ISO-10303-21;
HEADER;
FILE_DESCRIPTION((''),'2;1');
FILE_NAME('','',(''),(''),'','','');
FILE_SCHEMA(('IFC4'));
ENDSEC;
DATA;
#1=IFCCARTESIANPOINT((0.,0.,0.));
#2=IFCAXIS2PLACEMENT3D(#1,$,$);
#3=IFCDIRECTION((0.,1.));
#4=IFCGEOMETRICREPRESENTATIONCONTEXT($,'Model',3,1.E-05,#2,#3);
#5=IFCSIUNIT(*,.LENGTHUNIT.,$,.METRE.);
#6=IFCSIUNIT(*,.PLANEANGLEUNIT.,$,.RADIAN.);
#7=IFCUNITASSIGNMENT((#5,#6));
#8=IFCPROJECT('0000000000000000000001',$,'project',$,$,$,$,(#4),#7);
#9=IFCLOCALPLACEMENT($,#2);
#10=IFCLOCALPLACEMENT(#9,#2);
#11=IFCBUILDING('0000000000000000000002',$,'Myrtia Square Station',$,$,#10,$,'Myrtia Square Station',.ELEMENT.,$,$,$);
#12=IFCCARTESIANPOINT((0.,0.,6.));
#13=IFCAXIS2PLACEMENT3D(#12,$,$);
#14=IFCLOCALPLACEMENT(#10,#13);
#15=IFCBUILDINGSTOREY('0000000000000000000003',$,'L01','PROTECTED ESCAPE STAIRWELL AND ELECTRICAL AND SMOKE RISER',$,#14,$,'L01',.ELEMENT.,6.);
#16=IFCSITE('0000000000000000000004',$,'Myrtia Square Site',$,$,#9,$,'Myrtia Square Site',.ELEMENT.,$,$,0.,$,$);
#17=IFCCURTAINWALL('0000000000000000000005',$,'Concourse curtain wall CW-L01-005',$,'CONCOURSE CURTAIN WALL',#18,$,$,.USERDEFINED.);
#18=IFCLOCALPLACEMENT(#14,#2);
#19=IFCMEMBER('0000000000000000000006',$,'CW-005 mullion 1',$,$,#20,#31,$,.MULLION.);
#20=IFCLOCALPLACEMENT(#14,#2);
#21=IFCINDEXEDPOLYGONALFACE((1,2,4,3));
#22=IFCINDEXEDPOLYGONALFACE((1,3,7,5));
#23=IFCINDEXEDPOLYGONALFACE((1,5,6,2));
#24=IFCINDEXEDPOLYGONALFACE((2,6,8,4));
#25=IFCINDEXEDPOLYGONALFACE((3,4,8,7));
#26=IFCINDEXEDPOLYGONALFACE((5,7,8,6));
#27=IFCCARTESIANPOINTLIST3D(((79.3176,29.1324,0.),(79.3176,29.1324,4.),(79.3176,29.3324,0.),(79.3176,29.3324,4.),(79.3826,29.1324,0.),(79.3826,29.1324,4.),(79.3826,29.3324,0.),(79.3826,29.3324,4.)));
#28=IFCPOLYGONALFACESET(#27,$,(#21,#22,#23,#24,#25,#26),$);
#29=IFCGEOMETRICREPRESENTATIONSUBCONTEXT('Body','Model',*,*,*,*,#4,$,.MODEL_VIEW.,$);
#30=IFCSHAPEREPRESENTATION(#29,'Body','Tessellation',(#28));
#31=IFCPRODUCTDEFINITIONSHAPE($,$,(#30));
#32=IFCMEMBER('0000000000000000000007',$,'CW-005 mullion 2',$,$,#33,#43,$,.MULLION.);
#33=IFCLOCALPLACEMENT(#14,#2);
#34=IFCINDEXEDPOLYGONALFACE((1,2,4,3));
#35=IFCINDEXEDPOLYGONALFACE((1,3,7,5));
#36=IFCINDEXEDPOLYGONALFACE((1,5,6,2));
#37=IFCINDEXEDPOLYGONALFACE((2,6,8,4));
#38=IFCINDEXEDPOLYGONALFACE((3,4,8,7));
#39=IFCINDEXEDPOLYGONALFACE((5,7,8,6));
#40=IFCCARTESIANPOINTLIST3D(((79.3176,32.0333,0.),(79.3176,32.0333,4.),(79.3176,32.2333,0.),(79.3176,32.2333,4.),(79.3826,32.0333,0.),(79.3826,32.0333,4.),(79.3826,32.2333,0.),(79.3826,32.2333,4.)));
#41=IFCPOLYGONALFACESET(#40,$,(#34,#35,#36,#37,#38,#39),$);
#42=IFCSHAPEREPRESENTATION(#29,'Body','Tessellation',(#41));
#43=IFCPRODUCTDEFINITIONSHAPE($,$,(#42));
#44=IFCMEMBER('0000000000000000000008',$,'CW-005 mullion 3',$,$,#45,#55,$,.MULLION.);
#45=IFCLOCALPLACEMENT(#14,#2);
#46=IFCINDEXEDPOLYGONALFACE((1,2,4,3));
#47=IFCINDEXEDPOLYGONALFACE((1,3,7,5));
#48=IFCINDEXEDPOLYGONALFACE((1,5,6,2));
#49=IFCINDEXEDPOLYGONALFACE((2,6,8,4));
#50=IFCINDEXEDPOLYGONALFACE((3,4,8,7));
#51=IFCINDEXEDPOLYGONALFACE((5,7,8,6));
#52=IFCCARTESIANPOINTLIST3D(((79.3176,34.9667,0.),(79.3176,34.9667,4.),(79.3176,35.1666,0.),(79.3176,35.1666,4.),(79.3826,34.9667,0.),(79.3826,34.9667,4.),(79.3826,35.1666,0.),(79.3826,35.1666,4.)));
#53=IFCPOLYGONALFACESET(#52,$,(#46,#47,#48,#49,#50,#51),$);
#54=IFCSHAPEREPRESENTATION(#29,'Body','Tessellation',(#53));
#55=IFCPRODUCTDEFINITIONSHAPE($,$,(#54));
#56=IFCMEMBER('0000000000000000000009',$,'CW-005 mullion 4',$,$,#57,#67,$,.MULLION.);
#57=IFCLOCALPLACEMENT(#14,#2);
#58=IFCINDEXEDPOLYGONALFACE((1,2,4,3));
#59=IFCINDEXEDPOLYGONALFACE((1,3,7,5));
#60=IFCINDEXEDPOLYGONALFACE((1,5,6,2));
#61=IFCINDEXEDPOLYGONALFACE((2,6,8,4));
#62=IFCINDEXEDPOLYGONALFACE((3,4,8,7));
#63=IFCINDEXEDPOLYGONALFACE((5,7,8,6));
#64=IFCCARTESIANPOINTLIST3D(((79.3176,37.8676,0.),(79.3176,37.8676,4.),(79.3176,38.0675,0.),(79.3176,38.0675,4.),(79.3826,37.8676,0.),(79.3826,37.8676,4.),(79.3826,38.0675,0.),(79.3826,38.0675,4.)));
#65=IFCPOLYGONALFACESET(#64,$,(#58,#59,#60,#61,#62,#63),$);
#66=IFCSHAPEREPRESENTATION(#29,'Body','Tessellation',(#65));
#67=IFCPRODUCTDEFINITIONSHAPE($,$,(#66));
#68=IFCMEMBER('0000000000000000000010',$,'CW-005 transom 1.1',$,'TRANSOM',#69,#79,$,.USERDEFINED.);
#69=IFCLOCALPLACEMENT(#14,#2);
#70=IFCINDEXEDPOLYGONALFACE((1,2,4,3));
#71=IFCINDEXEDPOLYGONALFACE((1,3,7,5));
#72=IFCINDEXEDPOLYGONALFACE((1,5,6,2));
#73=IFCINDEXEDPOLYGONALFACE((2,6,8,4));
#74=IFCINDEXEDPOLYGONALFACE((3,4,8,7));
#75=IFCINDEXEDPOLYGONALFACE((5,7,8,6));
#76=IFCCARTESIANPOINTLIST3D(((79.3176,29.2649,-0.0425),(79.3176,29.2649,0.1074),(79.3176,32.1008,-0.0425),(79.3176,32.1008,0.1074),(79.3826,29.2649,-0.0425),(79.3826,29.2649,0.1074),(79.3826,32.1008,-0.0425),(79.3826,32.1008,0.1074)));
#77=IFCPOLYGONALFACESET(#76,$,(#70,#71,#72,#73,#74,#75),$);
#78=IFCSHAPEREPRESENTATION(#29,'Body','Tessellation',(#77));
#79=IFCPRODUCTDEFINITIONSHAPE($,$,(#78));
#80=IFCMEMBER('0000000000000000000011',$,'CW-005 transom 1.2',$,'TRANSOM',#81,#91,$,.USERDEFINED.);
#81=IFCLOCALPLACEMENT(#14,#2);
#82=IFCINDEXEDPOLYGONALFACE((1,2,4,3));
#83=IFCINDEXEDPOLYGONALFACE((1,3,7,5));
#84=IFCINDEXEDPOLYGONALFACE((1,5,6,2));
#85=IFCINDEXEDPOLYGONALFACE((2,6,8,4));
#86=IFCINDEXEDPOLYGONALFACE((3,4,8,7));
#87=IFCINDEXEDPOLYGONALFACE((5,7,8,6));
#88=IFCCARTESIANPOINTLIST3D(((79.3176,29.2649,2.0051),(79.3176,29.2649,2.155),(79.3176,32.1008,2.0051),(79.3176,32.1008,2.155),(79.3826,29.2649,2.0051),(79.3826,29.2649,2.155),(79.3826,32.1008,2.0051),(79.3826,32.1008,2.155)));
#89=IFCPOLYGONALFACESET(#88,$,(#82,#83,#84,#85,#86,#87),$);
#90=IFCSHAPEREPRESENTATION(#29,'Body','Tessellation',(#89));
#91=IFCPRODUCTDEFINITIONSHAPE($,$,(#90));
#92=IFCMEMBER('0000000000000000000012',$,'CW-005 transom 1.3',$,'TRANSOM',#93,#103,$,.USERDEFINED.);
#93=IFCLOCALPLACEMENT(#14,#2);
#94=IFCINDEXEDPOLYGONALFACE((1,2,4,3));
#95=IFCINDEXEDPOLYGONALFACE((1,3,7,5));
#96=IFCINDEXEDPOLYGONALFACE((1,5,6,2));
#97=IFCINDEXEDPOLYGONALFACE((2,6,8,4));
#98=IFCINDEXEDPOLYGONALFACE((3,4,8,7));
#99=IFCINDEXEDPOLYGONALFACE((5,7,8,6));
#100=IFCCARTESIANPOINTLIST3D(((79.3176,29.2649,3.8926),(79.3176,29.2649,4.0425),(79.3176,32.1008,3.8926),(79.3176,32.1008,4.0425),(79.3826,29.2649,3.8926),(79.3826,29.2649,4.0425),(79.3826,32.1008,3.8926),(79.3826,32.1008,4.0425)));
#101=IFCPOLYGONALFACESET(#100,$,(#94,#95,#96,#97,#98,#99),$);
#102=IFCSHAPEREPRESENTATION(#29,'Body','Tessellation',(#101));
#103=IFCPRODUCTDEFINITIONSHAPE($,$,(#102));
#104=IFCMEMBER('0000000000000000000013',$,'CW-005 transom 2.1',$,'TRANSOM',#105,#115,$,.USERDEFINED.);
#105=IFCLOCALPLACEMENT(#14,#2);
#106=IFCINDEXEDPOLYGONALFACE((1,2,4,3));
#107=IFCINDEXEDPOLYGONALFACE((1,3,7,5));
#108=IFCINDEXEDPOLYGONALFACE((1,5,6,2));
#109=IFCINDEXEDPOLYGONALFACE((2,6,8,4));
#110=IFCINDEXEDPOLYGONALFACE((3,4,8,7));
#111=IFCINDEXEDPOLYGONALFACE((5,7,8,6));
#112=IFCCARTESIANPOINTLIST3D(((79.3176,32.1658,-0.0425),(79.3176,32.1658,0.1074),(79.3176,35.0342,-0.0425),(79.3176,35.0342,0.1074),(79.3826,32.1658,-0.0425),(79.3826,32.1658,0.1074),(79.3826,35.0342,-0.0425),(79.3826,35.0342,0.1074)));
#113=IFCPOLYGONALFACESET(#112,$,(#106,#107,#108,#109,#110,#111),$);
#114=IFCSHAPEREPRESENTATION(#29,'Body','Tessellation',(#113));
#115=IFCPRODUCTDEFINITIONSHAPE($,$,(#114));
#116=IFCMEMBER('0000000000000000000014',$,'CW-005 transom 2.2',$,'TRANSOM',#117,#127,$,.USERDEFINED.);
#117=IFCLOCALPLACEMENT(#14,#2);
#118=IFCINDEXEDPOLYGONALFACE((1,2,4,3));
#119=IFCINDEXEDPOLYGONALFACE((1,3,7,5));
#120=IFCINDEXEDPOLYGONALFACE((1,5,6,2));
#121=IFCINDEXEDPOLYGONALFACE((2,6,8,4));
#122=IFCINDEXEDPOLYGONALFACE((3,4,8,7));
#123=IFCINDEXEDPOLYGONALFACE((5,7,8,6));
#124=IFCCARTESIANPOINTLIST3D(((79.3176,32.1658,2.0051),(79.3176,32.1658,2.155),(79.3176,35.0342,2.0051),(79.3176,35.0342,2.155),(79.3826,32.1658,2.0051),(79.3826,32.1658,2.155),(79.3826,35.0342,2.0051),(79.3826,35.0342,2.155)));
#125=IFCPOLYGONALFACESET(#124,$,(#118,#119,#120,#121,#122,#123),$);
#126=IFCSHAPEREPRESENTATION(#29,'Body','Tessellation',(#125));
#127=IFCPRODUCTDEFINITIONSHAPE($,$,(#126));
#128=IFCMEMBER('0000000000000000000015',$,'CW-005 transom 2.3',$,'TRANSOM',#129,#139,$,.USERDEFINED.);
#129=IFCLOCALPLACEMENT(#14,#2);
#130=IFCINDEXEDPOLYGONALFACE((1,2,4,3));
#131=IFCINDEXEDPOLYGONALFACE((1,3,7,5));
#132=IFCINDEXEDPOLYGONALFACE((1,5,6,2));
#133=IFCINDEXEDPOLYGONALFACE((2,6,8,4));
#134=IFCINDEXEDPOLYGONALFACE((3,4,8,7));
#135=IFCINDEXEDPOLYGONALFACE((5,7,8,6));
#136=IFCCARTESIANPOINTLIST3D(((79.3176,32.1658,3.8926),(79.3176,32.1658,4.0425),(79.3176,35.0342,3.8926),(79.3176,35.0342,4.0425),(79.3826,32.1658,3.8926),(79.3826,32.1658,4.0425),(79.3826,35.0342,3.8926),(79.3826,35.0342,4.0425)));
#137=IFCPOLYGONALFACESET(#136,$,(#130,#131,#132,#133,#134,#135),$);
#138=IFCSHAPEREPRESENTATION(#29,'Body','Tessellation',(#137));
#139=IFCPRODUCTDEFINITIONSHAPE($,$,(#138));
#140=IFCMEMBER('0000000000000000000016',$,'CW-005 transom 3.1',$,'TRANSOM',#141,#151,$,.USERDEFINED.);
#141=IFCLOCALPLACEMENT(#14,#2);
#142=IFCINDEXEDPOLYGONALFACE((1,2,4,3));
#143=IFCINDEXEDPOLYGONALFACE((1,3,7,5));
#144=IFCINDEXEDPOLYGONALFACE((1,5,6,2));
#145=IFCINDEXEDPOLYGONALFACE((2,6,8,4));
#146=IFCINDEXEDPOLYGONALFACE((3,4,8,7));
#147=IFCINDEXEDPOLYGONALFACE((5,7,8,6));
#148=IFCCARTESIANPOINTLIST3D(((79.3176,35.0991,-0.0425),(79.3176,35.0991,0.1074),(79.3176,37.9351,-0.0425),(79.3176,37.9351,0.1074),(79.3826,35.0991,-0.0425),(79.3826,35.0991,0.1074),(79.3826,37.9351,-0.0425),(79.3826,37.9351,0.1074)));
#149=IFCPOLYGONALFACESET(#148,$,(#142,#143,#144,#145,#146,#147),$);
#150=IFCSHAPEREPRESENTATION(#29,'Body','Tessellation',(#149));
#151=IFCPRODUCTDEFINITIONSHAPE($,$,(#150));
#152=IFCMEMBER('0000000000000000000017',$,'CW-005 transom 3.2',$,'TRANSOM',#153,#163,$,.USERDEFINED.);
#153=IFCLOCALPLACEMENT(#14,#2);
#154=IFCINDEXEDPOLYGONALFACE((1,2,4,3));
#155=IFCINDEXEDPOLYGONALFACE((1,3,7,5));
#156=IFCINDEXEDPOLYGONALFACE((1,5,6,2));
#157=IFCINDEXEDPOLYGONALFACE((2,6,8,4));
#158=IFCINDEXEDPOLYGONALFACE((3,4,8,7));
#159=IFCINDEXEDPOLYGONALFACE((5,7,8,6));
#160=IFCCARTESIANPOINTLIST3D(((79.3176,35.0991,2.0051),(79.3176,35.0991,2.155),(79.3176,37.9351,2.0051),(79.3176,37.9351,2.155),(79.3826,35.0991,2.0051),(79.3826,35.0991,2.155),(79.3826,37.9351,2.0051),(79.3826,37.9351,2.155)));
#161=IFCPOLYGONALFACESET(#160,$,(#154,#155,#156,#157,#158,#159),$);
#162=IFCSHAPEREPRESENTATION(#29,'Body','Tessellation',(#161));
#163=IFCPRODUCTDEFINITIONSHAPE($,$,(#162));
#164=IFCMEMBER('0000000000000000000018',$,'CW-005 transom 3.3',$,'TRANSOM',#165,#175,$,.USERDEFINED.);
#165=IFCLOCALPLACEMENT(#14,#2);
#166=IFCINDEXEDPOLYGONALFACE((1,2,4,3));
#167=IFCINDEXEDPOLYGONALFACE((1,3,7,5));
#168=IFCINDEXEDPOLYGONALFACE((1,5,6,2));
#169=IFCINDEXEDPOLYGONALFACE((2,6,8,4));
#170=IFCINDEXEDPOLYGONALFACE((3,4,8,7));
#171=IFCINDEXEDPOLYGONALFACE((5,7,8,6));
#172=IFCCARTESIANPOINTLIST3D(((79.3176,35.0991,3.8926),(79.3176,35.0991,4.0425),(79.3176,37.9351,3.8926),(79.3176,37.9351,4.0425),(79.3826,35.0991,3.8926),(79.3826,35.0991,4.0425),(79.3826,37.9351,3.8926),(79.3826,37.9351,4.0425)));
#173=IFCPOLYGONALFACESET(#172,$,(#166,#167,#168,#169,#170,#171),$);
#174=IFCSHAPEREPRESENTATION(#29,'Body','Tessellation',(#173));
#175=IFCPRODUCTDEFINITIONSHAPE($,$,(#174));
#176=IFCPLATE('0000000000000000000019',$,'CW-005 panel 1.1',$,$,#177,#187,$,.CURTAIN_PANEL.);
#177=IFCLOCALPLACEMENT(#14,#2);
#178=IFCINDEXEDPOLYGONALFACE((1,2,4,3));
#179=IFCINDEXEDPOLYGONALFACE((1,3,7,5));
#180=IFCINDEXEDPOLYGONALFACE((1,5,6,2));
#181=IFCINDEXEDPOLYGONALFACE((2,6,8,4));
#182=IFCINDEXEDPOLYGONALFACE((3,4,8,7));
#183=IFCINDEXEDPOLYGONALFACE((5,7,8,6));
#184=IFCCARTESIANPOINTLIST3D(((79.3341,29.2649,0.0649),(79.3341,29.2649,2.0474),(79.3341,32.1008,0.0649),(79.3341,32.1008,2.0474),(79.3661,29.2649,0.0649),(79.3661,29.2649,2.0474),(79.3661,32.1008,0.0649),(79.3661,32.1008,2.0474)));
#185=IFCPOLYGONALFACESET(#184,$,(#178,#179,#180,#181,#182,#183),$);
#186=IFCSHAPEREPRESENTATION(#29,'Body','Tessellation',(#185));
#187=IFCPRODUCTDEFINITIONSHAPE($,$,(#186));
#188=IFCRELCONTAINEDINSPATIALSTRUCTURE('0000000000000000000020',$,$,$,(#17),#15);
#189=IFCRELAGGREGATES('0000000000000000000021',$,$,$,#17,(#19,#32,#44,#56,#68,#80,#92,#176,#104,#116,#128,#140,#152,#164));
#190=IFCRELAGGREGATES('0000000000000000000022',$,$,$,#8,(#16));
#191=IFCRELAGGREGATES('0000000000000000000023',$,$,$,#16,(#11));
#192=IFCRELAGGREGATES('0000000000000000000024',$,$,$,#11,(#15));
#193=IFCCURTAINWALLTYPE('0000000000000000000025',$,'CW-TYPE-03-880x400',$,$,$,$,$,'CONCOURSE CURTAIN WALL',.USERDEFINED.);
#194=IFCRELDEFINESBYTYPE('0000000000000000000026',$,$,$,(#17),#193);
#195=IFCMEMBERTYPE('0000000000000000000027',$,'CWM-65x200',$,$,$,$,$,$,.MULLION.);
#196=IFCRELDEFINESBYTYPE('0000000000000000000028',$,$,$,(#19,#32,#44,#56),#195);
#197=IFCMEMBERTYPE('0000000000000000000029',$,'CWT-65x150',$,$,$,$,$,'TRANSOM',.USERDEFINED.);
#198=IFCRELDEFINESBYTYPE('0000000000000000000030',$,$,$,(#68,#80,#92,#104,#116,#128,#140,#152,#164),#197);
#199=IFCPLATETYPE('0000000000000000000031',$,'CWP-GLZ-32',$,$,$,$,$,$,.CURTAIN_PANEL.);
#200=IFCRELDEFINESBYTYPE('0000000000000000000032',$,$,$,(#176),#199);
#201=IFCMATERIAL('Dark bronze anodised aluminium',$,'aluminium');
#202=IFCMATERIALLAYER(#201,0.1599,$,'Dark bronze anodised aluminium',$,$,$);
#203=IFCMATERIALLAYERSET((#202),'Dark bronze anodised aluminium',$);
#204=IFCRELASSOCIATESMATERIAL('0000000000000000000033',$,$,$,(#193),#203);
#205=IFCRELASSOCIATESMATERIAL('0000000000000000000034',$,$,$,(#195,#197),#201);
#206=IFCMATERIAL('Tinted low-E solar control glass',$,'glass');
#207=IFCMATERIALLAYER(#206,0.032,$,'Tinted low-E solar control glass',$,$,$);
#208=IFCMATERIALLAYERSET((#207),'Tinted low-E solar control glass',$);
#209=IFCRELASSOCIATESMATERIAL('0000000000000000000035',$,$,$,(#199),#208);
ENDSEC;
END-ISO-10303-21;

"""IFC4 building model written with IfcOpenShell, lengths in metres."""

from ifc_helpers import new_model, si_unit, direction, frame, origin, origin_2d, place, context, subcontext, project, spatial, rectangle, extrude, material, layer, layer_set, material_profile, profile_set, type_object, element, aggregate, save


model = new_model("IFC4")

# Units and contexts
model_context = context("Model", 3, precision=1e-05, world=origin(), true_north=direction((0.0, 1.0)))
body_context = subcontext(model_context, "Body", "Model", "MODEL_VIEW")
ifc_project = project(units=[si_unit("LENGTHUNIT", "METRE"), si_unit("PLANEANGLEUNIT", "RADIAN")], contexts=[model_context])

# Site, building, storey
site_placement = place(None, origin())
site = spatial("IfcSite", under=ifc_project, at=site_placement, Name="Myrtia Square Site", LongName="Myrtia Square Site", CompositionType="ELEMENT", RefElevation=0.0)
building_placement = place(site_placement, origin())
building = spatial("IfcBuilding", under=site, at=building_placement, Name="Myrtia Square Station", LongName="Myrtia Square Station", CompositionType="ELEMENT")
storey_placement = place(building_placement, frame((0.0, 0.0, 6.0)))
storey = spatial("IfcBuildingStorey", under=building, at=storey_placement, Name="L01", Description="PROTECTED ESCAPE STAIRWELL AND ELECTRICAL AND SMOKE RISER", LongName="L01", CompositionType="ELEMENT", Elevation=6.0)

# Curtain wall, members, plate
ifc_material_1 = material(Name="Dark bronze anodised aluminium", Category="aluminium")
ifc_layer_1 = layer(ifc_material_1, 0.1599, Name="Dark bronze anodised aluminium")
ifc_layer_set_1 = layer_set([ifc_layer_1], Name="Dark bronze anodised aluminium")
curtain_wall_type = type_object("IfcCurtainWallType", Name="CW-TYPE-03-880x400", ElementType="CONCOURSE CURTAIN WALL", PredefinedType="USERDEFINED", material=ifc_layer_set_1)
curtain_wall_placement = place(storey_placement, origin())
curtain_wall = element("IfcCurtainWall", 1, at=curtain_wall_placement, inside=storey, type_object=curtain_wall_type, Name="Concourse curtain wall CW-L01-005", ObjectType="CONCOURSE CURTAIN WALL", PredefinedType="USERDEFINED")
ifc_material_profile_1 = material_profile(ifc_material_1, rectangle(XDim=0.0649, YDim=0.2, at=origin_2d()), Name="ALU-M 65x200")
ifc_profile_set_1 = profile_set([ifc_material_profile_1], Name="Dark bronze anodised aluminium")
member_type_1 = type_object("IfcMemberType", Name="CWM-65x200", PredefinedType="MULLION", material=ifc_profile_set_1)
member_1_placement = place(storey_placement, frame((79.3501, 29.2324, 0.0), z_axis=(0.0, 0.0, 1.0), x_axis=(-1.0, 0.0, 0.0)))
member_1 = element("IfcMember", 2, at=member_1_placement, type_object=member_type_1, Name="CW-005 mullion 1", PredefinedType="MULLION", context=body_context, shape_type="SweptSolid", body=[
    extrude(rectangle(XDim=0.0649, YDim=0.2, at=origin_2d()), origin(), (0.0, 0.0, 1.0), 4.0),
])
member_2_placement = place(storey_placement, frame((79.3501, 32.1333, 0.0), z_axis=(0.0, 0.0, 1.0), x_axis=(-1.0, 0.0, 0.0)))
member_2 = element("IfcMember", 3, at=member_2_placement, type_object=member_type_1, Name="CW-005 mullion 2", PredefinedType="MULLION", context=body_context, shape_type="SweptSolid", body=[
    extrude(rectangle(XDim=0.0649, YDim=0.2, at=origin_2d()), origin(), (0.0, 0.0, 1.0), 4.0),
])
member_3_placement = place(storey_placement, frame((79.3501, 35.0667, 0.0), z_axis=(0.0, 0.0, 1.0), x_axis=(-1.0, 0.0, 0.0)))
member_3 = element("IfcMember", 4, at=member_3_placement, type_object=member_type_1, Name="CW-005 mullion 3", PredefinedType="MULLION", context=body_context, shape_type="SweptSolid", body=[
    extrude(rectangle(XDim=0.0649, YDim=0.2, at=origin_2d()), origin(), (0.0, 0.0, 1.0), 4.0),
])
member_4_placement = place(storey_placement, frame((79.3501, 37.9675, 0.0), z_axis=(0.0, 0.0, 1.0), x_axis=(-1.0, 0.0, 0.0)))
member_4 = element("IfcMember", 5, at=member_4_placement, type_object=member_type_1, Name="CW-005 mullion 4", PredefinedType="MULLION", context=body_context, shape_type="SweptSolid", body=[
    extrude(rectangle(XDim=0.0649, YDim=0.2, at=origin_2d()), origin(), (0.0, 0.0, 1.0), 4.0),
])
ifc_material_profile_2 = material_profile(ifc_material_1, rectangle(XDim=0.0649, YDim=0.1499, at=origin_2d()), Name="ALU-T 65x150")
ifc_profile_set_2 = profile_set([ifc_material_profile_2], Name="Dark bronze anodised aluminium")
member_type_2 = type_object("IfcMemberType", Name="CWT-65x150", ElementType="TRANSOM", PredefinedType="USERDEFINED", material=ifc_profile_set_2)
member_5_placement = place(storey_placement, frame((79.3501, 29.2649, 0.0325), z_axis=(0.0, 1.0, 0.0), x_axis=(-1.0, 0.0, 0.0)))
member_5 = element("IfcMember", 6, at=member_5_placement, type_object=member_type_2, Name="CW-005 transom 1.1", ObjectType="TRANSOM", PredefinedType="USERDEFINED", context=body_context, shape_type="SweptSolid", body=[
    extrude(rectangle(XDim=0.0649, YDim=0.1499, at=origin_2d()), origin(), (0.0, 0.0, 1.0), 2.8359),
])
member_6_placement = place(storey_placement, frame((79.3501, 29.2649, 2.0801), z_axis=(0.0, 1.0, 0.0), x_axis=(-1.0, 0.0, 0.0)))
member_6 = element("IfcMember", 7, at=member_6_placement, type_object=member_type_2, Name="CW-005 transom 1.2", ObjectType="TRANSOM", PredefinedType="USERDEFINED", context=body_context, shape_type="SweptSolid", body=[
    extrude(rectangle(XDim=0.0649, YDim=0.1499, at=origin_2d()), origin(), (0.0, 0.0, 1.0), 2.8359),
])
member_7_placement = place(storey_placement, frame((79.3501, 29.2649, 3.9675), z_axis=(0.0, 1.0, 0.0), x_axis=(-1.0, 0.0, 0.0)))
member_7 = element("IfcMember", 8, at=member_7_placement, type_object=member_type_2, Name="CW-005 transom 1.3", ObjectType="TRANSOM", PredefinedType="USERDEFINED", context=body_context, shape_type="SweptSolid", body=[
    extrude(rectangle(XDim=0.0649, YDim=0.1499, at=origin_2d()), origin(), (0.0, 0.0, 1.0), 2.8359),
])
member_8_placement = place(storey_placement, frame((79.3501, 32.1658, 0.0325), z_axis=(0.0, 1.0, 0.0), x_axis=(-1.0, 0.0, 0.0)))
member_8 = element("IfcMember", 9, at=member_8_placement, type_object=member_type_2, Name="CW-005 transom 2.1", ObjectType="TRANSOM", PredefinedType="USERDEFINED", context=body_context, shape_type="SweptSolid", body=[
    extrude(rectangle(XDim=0.0649, YDim=0.1499, at=origin_2d()), origin(), (0.0, 0.0, 1.0), 2.8684),
])
member_9_placement = place(storey_placement, frame((79.3501, 32.1658, 2.0801), z_axis=(0.0, 1.0, 0.0), x_axis=(-1.0, 0.0, 0.0)))
member_9 = element("IfcMember", 10, at=member_9_placement, type_object=member_type_2, Name="CW-005 transom 2.2", ObjectType="TRANSOM", PredefinedType="USERDEFINED", context=body_context, shape_type="SweptSolid", body=[
    extrude(rectangle(XDim=0.0649, YDim=0.1499, at=origin_2d()), origin(), (0.0, 0.0, 1.0), 2.8684),
])
member_10_placement = place(storey_placement, frame((79.3501, 32.1658, 3.9675), z_axis=(0.0, 1.0, 0.0), x_axis=(-1.0, 0.0, 0.0)))
member_10 = element("IfcMember", 11, at=member_10_placement, type_object=member_type_2, Name="CW-005 transom 2.3", ObjectType="TRANSOM", PredefinedType="USERDEFINED", context=body_context, shape_type="SweptSolid", body=[
    extrude(rectangle(XDim=0.0649, YDim=0.1499, at=origin_2d()), origin(), (0.0, 0.0, 1.0), 2.8684),
])
member_11_placement = place(storey_placement, frame((79.3501, 35.0991, 0.0325), z_axis=(0.0, 1.0, 0.0), x_axis=(-1.0, 0.0, 0.0)))
member_11 = element("IfcMember", 12, at=member_11_placement, type_object=member_type_2, Name="CW-005 transom 3.1", ObjectType="TRANSOM", PredefinedType="USERDEFINED", context=body_context, shape_type="SweptSolid", body=[
    extrude(rectangle(XDim=0.0649, YDim=0.1499, at=origin_2d()), origin(), (0.0, 0.0, 1.0), 2.8359),
])
member_12_placement = place(storey_placement, frame((79.3501, 35.0991, 2.0801), z_axis=(0.0, 1.0, 0.0), x_axis=(-1.0, 0.0, 0.0)))
member_12 = element("IfcMember", 13, at=member_12_placement, type_object=member_type_2, Name="CW-005 transom 3.2", ObjectType="TRANSOM", PredefinedType="USERDEFINED", context=body_context, shape_type="SweptSolid", body=[
    extrude(rectangle(XDim=0.0649, YDim=0.1499, at=origin_2d()), origin(), (0.0, 0.0, 1.0), 2.8359),
])
member_13_placement = place(storey_placement, frame((79.3501, 35.0991, 3.9675), z_axis=(0.0, 1.0, 0.0), x_axis=(-1.0, 0.0, 0.0)))
member_13 = element("IfcMember", 14, at=member_13_placement, type_object=member_type_2, Name="CW-005 transom 3.3", ObjectType="TRANSOM", PredefinedType="USERDEFINED", context=body_context, shape_type="SweptSolid", body=[
    extrude(rectangle(XDim=0.0649, YDim=0.1499, at=origin_2d()), origin(), (0.0, 0.0, 1.0), 2.8359),
])
ifc_material_2 = material(Name="Tinted low-E solar control glass", Category="glass")
ifc_layer_2 = layer(ifc_material_2, 0.032, Name="Tinted low-E solar control glass")
ifc_layer_set_2 = layer_set([ifc_layer_2], Name="Tinted low-E solar control glass")
plate_type = type_object("IfcPlateType", Name="CWP-GLZ-32", PredefinedType="CURTAIN_PANEL", material=ifc_layer_set_2)
plate_1_placement = place(storey_placement, frame((79.3501, 30.6829, 0.0649), z_axis=(0.0, 0.0, 1.0), x_axis=(0.0, 1.0, 0.0)))
plate_1 = element("IfcPlate", 15, at=plate_1_placement, type_object=plate_type, Name="CW-005 panel 1.1", PredefinedType="CURTAIN_PANEL", context=body_context, shape_type="SweptSolid", body=[
    extrude(rectangle(XDim=2.8359, YDim=0.032, at=origin_2d()), origin(), (0.0, 0.0, 1.0), 1.9824),
])
aggregate(curtain_wall, [member_1, member_2, member_3, member_4, member_5, member_6, member_7, plate_1, member_8, member_9, member_10, member_11, member_12, member_13])

save(model, "model.ifc")
